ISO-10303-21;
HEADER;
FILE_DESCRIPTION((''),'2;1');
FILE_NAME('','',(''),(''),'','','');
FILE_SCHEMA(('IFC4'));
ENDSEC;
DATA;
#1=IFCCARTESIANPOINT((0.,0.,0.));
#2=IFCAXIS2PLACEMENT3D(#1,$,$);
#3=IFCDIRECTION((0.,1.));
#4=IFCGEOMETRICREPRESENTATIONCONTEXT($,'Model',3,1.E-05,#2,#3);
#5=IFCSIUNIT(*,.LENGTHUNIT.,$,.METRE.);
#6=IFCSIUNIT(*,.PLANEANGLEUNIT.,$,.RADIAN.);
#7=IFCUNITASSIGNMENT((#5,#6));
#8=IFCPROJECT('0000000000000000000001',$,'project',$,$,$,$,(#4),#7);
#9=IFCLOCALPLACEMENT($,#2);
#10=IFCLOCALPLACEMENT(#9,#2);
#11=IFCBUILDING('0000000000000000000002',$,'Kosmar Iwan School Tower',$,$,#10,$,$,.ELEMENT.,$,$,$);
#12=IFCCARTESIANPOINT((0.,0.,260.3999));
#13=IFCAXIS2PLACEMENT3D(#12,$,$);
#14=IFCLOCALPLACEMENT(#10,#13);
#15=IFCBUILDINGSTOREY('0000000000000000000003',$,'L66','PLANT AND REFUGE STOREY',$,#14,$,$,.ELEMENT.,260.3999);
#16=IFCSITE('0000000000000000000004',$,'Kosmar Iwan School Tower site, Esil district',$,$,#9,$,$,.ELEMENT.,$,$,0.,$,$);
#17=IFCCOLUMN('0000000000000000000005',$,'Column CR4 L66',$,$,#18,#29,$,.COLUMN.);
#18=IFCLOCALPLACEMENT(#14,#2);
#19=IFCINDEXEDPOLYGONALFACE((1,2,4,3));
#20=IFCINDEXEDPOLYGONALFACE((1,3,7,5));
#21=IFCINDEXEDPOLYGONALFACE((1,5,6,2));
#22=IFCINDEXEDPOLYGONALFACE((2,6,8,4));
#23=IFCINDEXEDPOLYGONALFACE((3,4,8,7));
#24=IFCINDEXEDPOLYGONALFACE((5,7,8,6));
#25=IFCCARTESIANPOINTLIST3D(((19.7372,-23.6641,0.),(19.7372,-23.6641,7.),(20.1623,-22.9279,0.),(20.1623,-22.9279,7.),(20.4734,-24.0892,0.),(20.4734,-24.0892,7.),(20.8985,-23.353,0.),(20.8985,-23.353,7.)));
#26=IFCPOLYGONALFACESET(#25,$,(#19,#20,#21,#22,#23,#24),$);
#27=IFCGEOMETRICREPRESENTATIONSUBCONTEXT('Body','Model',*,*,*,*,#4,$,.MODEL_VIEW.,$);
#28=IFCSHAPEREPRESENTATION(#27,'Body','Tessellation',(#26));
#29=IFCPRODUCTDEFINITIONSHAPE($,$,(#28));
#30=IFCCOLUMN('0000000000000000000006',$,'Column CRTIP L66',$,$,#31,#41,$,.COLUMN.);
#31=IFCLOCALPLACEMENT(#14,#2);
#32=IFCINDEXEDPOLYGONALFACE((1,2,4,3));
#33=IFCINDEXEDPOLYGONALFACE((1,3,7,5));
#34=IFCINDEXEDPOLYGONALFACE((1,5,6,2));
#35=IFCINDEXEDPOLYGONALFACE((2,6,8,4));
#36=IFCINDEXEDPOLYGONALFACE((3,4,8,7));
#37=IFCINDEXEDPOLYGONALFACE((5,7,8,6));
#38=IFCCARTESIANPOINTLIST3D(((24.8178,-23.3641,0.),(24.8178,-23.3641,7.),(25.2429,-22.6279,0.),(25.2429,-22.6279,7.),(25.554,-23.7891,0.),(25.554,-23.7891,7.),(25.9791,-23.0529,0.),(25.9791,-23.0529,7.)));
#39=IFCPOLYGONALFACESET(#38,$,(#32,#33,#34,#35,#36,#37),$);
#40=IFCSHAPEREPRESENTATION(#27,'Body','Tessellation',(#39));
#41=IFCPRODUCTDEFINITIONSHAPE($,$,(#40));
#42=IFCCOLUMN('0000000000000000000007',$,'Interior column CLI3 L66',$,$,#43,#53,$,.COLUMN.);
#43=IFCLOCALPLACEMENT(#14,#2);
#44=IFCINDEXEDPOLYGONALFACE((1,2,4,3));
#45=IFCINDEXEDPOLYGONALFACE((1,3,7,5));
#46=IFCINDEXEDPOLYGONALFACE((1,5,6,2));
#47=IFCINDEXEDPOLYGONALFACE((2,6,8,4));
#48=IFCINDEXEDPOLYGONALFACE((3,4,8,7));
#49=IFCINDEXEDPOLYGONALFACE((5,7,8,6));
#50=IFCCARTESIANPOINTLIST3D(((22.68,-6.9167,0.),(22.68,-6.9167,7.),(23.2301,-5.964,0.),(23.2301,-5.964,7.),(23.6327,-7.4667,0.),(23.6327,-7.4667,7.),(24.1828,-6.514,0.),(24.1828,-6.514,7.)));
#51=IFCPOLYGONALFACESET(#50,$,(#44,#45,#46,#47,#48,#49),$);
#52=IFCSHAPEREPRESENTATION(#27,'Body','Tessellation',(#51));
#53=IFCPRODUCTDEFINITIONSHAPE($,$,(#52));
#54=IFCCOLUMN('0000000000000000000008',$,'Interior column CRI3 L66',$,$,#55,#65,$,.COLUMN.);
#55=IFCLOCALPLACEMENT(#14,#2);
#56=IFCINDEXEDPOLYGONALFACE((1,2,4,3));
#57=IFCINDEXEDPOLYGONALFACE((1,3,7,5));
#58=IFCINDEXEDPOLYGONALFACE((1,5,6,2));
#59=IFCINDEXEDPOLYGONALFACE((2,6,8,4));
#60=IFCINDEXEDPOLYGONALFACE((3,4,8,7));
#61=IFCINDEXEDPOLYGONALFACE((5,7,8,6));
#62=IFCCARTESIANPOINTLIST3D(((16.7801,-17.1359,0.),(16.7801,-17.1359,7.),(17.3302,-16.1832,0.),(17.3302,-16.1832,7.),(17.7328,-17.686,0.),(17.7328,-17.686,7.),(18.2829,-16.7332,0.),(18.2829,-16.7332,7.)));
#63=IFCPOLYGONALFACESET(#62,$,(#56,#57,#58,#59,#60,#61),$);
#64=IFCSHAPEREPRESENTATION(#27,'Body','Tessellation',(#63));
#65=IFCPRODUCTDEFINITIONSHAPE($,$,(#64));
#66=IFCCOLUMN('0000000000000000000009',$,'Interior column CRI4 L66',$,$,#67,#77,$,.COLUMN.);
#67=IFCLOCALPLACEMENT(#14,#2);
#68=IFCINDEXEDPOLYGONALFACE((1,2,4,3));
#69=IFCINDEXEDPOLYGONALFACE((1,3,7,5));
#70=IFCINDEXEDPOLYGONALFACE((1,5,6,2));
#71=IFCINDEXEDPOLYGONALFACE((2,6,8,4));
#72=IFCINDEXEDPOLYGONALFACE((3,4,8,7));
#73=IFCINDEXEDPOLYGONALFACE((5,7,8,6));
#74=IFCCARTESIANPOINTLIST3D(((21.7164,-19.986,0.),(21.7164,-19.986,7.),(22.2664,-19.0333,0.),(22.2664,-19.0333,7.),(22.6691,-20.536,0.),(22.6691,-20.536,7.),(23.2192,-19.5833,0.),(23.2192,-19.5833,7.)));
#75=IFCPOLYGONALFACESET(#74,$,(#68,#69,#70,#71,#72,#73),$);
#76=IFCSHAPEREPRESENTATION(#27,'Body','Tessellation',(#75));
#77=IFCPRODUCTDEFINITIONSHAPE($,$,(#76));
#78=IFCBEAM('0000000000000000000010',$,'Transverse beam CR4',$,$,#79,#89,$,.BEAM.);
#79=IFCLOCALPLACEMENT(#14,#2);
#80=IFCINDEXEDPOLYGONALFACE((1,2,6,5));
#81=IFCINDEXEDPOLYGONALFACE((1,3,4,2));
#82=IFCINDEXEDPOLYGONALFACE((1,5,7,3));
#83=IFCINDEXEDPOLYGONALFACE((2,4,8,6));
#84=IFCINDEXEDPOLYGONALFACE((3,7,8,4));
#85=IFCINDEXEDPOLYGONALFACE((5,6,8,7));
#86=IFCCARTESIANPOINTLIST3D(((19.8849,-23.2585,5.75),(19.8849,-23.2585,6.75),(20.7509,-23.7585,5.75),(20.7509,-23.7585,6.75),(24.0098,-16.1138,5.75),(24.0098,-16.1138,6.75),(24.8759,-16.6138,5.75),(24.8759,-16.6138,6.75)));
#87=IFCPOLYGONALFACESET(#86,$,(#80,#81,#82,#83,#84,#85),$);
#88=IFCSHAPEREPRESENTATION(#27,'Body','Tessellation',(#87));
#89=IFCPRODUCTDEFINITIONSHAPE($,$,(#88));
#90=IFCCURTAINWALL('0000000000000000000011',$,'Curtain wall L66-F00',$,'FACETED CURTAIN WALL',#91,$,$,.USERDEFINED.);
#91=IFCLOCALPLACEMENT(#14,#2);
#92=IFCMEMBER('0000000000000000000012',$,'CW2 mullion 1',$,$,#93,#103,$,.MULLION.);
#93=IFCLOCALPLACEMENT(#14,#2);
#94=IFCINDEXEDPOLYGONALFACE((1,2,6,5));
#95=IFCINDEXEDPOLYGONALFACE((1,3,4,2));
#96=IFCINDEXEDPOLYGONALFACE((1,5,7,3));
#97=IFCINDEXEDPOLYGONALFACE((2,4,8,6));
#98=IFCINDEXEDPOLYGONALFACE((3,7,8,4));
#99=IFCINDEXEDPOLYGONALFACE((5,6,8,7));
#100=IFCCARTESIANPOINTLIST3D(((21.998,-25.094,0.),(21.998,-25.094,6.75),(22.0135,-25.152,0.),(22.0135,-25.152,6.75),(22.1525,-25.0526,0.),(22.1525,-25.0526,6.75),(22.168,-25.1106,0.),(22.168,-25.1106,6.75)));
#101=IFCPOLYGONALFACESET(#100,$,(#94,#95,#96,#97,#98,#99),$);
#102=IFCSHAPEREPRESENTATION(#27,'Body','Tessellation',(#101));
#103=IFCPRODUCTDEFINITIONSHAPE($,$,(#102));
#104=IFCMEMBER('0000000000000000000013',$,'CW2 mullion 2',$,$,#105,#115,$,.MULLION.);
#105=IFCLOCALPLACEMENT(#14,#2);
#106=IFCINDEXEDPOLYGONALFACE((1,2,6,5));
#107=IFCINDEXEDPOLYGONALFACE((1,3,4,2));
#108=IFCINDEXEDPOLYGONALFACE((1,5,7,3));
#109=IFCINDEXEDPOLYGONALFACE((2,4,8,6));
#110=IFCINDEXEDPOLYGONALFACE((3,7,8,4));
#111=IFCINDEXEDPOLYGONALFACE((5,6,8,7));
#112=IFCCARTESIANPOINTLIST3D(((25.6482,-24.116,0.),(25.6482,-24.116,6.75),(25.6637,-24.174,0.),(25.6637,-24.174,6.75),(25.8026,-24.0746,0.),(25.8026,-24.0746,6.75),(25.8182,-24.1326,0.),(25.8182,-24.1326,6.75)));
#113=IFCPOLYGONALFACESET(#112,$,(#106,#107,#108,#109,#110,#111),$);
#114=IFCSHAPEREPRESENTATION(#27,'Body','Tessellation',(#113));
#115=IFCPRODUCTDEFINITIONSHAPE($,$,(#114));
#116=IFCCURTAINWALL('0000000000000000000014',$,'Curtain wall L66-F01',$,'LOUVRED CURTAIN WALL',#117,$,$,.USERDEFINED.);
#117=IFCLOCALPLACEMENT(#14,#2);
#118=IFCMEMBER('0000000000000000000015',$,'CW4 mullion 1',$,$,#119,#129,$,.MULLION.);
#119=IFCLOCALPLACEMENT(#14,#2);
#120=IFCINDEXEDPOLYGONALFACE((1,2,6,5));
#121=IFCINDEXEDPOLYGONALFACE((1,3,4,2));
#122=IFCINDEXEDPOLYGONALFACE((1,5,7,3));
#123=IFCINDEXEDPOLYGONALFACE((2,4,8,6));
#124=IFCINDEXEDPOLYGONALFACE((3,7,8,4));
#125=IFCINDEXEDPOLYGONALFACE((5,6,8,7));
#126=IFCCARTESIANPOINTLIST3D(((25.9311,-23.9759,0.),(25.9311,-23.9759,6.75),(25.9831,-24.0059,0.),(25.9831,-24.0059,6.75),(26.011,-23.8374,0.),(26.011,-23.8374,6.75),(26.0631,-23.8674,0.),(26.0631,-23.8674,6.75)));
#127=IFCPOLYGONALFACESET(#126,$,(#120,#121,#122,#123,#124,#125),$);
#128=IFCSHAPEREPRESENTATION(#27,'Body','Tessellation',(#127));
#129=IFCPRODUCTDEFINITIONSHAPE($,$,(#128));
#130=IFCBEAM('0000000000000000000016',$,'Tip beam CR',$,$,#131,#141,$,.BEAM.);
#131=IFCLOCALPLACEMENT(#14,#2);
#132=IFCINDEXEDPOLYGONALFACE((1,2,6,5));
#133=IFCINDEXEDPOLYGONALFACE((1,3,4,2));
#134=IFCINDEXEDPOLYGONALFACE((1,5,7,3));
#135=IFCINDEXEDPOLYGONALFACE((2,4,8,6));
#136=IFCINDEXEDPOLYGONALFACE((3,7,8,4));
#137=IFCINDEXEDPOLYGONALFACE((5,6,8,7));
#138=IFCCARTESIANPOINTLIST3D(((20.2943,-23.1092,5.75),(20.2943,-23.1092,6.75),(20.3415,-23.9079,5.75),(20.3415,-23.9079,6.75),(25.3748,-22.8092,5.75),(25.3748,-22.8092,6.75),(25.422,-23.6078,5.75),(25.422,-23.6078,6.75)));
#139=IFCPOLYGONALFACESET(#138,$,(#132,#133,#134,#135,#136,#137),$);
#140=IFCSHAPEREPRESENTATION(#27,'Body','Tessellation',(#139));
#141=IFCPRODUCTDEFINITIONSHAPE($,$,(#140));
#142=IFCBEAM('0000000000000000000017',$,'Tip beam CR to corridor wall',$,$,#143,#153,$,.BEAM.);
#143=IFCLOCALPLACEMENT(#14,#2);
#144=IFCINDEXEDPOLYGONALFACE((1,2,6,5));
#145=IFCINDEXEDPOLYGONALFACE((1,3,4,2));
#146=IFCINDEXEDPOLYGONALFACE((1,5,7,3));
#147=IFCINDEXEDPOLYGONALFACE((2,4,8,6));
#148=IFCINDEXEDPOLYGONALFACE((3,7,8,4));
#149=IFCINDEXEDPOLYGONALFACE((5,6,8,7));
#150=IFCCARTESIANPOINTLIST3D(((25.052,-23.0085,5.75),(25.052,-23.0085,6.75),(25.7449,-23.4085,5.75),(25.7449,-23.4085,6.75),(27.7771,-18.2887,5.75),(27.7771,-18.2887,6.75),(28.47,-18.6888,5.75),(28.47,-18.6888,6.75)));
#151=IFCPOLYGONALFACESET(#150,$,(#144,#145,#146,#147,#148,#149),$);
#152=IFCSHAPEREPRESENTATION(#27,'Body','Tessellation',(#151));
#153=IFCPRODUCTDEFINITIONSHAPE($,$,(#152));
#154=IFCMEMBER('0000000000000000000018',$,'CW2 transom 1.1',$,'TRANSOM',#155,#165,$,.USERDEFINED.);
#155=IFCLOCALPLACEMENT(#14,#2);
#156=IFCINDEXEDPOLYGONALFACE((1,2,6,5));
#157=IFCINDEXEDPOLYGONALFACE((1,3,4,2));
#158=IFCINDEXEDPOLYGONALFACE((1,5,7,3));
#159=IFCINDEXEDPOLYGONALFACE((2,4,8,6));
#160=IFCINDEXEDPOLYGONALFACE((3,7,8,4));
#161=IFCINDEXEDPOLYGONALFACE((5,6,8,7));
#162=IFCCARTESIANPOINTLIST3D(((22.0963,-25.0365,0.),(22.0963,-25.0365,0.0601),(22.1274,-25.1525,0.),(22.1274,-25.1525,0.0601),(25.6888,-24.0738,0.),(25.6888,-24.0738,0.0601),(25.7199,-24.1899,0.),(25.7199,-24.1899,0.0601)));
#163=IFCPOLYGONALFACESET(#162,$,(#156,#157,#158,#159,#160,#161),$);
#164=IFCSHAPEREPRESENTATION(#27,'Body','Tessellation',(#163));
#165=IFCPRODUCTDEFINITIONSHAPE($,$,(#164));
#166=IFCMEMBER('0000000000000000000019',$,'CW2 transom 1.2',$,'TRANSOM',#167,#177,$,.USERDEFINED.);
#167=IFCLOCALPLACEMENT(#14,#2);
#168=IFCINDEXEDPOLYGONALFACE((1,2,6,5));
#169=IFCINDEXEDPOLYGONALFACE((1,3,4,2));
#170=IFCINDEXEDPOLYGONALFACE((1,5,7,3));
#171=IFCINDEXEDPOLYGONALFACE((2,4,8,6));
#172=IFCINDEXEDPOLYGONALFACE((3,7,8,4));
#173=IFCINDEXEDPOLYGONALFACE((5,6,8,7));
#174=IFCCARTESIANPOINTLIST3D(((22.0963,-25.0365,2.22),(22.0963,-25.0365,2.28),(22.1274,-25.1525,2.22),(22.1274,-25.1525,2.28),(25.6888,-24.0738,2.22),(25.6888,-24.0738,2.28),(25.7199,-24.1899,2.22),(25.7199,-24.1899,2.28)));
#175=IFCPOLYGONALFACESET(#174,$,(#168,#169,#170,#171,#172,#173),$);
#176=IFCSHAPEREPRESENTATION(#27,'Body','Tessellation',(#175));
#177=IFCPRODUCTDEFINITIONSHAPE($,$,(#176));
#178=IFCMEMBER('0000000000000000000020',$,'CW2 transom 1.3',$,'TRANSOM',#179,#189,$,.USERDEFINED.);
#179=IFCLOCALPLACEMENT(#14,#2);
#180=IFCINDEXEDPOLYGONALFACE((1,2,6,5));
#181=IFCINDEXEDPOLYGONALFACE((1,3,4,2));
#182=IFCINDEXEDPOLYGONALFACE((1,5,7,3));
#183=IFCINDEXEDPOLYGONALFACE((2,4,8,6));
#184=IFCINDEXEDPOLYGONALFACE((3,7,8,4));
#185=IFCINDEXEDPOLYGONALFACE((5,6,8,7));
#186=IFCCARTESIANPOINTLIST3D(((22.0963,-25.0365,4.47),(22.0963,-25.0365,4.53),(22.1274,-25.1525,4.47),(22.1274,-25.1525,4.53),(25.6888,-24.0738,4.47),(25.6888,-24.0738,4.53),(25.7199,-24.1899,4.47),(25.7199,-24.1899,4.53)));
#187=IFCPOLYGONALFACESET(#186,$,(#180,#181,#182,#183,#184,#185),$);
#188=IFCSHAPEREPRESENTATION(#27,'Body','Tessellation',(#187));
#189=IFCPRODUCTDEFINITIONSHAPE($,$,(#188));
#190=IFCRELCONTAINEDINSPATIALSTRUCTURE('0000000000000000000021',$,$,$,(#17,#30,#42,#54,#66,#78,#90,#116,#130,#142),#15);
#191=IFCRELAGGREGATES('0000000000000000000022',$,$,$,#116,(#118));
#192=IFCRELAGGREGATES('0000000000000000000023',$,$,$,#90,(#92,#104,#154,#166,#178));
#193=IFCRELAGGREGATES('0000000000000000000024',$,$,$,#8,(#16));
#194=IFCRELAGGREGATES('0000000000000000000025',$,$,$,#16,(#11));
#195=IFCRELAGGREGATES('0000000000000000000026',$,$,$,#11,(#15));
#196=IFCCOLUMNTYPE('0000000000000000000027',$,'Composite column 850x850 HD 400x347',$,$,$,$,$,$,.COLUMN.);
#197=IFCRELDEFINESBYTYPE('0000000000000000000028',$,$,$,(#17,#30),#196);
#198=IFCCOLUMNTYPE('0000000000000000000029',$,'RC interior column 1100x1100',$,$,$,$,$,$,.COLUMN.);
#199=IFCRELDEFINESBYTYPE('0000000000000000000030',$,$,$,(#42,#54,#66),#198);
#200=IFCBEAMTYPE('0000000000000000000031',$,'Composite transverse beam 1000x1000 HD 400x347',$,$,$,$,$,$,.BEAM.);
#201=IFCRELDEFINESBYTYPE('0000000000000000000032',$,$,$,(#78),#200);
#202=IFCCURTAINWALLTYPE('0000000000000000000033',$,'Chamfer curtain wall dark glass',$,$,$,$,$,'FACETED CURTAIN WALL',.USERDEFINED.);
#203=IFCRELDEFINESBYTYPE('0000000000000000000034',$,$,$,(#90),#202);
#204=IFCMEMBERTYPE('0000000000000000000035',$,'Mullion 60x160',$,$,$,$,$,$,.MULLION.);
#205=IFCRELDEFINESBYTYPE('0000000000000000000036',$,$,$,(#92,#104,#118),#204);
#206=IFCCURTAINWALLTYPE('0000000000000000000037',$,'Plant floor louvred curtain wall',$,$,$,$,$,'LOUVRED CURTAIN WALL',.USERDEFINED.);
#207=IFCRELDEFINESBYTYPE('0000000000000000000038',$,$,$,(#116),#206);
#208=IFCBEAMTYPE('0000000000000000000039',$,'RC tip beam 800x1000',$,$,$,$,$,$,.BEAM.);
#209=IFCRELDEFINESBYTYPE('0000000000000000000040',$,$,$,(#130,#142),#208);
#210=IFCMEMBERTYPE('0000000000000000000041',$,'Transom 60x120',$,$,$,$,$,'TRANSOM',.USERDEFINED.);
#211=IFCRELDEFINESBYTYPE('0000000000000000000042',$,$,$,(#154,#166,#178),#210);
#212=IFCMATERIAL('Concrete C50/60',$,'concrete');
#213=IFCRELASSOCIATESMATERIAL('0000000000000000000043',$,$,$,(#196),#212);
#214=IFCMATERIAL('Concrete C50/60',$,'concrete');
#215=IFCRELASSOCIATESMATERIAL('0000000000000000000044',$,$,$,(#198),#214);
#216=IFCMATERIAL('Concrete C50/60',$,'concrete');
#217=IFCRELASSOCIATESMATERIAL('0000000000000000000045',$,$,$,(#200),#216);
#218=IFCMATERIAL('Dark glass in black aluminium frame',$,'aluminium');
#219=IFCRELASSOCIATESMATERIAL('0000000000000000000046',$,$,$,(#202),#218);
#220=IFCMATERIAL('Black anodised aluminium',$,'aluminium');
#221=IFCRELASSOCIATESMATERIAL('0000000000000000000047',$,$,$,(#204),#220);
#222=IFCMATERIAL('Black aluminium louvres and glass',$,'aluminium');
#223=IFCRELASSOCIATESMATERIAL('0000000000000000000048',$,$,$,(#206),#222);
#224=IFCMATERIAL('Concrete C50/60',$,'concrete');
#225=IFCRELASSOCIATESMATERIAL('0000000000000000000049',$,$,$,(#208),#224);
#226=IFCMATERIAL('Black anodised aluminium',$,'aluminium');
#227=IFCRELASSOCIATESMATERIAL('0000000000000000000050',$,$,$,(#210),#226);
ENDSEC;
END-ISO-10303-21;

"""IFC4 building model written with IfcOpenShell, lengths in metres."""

from ifc_helpers import new_model, si_unit, direction, frame, origin, origin_2d, place, context, subcontext, project, spatial, rectangle, extrude, material, material_profile, profile_set, type_object, element, aggregate, save


model = new_model("IFC4")

# Units and contexts
model_context = context("Model", 3, precision=1e-05, world=origin(), true_north=direction((0.0, 1.0)))
body_context = subcontext(model_context, "Body", "Model", "MODEL_VIEW")
ifc_project = project(units=[si_unit("LENGTHUNIT", "METRE"), si_unit("PLANEANGLEUNIT", "RADIAN")], contexts=[model_context])

# Site, building, storey
site_placement = place(None, origin())
site = spatial("IfcSite", under=ifc_project, at=site_placement, Name="Kosmar Iwan School Tower site, Esil district", CompositionType="ELEMENT", RefElevation=0.0)
building_placement = place(site_placement, origin())
building = spatial("IfcBuilding", under=site, at=building_placement, Name="Kosmar Iwan School Tower", CompositionType="ELEMENT")
storey_placement = place(building_placement, frame((0.0, 0.0, 260.3999)))
storey = spatial("IfcBuildingStorey", under=building, at=storey_placement, Name="L66", Description="PLANT AND REFUGE STOREY", CompositionType="ELEMENT", Elevation=260.3999)

# Columns
ifc_material_1 = material(Name="Concrete C50/60", Category="concrete")
ifc_material_profile_1 = material_profile(ifc_material_1, rectangle(XDim=0.8501, YDim=0.8501, at=origin_2d()), Name="RC 850x850 + HD 400x347")
ifc_profile_set_1 = profile_set([ifc_material_profile_1], Name="Concrete C50/60")
column_type_1 = type_object("IfcColumnType", Name="Composite column 850x850 HD 400x347", PredefinedType="COLUMN", material=ifc_profile_set_1)
for number, where, z_axis, x_axis, name in (
    (1, (20.3179, -23.5085, 0.0), (0.0, 0.0, 1.0), (0.866025, -0.5, 0.0), "Column CR4 L66"),
    (2, (25.3984, -23.2085, 0.0), (0.0, 0.0, 1.0), (0.866025, -0.5, 0.0), "Column CRTIP L66"),
):
    element("IfcColumn", number, at=place(storey_placement, frame(where, z_axis=z_axis, x_axis=x_axis)), inside=storey, type_object=column_type_1, Name=name, PredefinedType="COLUMN", context=body_context, shape_type="SweptSolid", body=[
        extrude(rectangle(XDim=0.8501, YDim=0.8501, at=origin_2d()), origin(), (0.0, 0.0, 1.0), 7.0),
    ])
ifc_material_2 = material(Name="Concrete C50/60", Category="concrete")
ifc_material_profile_2 = material_profile(ifc_material_2, rectangle(XDim=1.1001, YDim=1.1001, at=origin_2d()), Name="RC 1100x1100")
ifc_profile_set_2 = profile_set([ifc_material_profile_2], Name="Concrete C50/60")
column_type_2 = type_object("IfcColumnType", Name="RC interior column 1100x1100", PredefinedType="COLUMN", material=ifc_profile_set_2)
for number, where, z_axis, x_axis, name in (
    (3, (23.4314, -6.7153, 0.0), (0.0, 0.0, 1.0), (0.866025, -0.5, 0.0), "Interior column CLI3 L66"),
    (4, (17.5315, -16.9346, 0.0), (0.0, 0.0, 1.0), (0.866025, -0.5, 0.0), "Interior column CRI3 L66"),
    (5, (22.4678, -19.7847, 0.0), (0.0, 0.0, 1.0), (0.866025, -0.5, 0.0), "Interior column CRI4 L66"),
):
    element("IfcColumn", number, at=place(storey_placement, frame(where, z_axis=z_axis, x_axis=x_axis)), inside=storey, type_object=column_type_2, Name=name, PredefinedType="COLUMN", context=body_context, shape_type="SweptSolid", body=[
        extrude(rectangle(XDim=1.1001, YDim=1.1001, at=origin_2d()), origin(), (0.0, 0.0, 1.0), 7.0),
    ])

# Beam
ifc_material_3 = material(Name="Concrete C50/60", Category="concrete")
ifc_material_profile_3 = material_profile(ifc_material_3, rectangle(XDim=1.0, YDim=1.0, at=origin_2d()), Name="RC 1000x1000 + HD 400x347")
ifc_profile_set_3 = profile_set([ifc_material_profile_3], Name="Concrete C50/60")
beam_type_1 = type_object("IfcBeamType", Name="Composite transverse beam 1000x1000 HD 400x347", PredefinedType="BEAM", material=ifc_profile_set_3)
beam_1_placement = place(storey_placement, frame((20.3179, -23.5085, 6.25), z_axis=(0.499997, 0.866027, 0.0), x_axis=(-0.866027, 0.499997, 0.0)))
element("IfcBeam", 6, at=beam_1_placement, inside=storey, type_object=beam_type_1, Name="Transverse beam CR4", PredefinedType="BEAM", context=body_context, shape_type="SweptSolid", body=[
    extrude(rectangle(XDim=1.0, YDim=1.0, at=origin_2d()), origin(), (0.0, 0.0, 1.0), 8.25),
])

# Curtain wall, members
ifc_material_4 = material(Name="Dark glass in black aluminium frame", Category="aluminium")
curtain_wall_type_1 = type_object("IfcCurtainWallType", Name="Chamfer curtain wall dark glass", ElementType="FACETED CURTAIN WALL", PredefinedType="USERDEFINED", material=ifc_material_4)
curtain_wall_1_placement = place(storey_placement, origin())
curtain_wall_1 = element("IfcCurtainWall", 7, at=curtain_wall_1_placement, inside=storey, type_object=curtain_wall_type_1, Name="Curtain wall L66-F00", ObjectType="FACETED CURTAIN WALL", PredefinedType="USERDEFINED")
ifc_material_5 = material(Name="Black anodised aluminium", Category="aluminium")
ifc_material_profile_4 = material_profile(ifc_material_5, rectangle(XDim=0.0601, YDim=0.1599, at=origin_2d()), Name="MULLION 60x160")
ifc_profile_set_4 = profile_set([ifc_material_profile_4], Name="Black anodised aluminium")
member_type_1 = type_object("IfcMemberType", Name="Mullion 60x160", PredefinedType="MULLION", material=ifc_profile_set_4)
member_1_placement = place(storey_placement, frame((22.083, -25.1023, 0.0), z_axis=(0.0, 0.0, 1.0), x_axis=(-0.258819, 0.965926, 0.0)))
member_1 = element("IfcMember", 8, at=member_1_placement, type_object=member_type_1, Name="CW2 mullion 1", PredefinedType="MULLION", context=body_context, shape_type="SweptSolid", body=[
    extrude(rectangle(XDim=0.0601, YDim=0.1599, at=origin_2d()), origin(), (0.0, 0.0, 1.0), 6.75),
])
member_2_placement = place(storey_placement, frame((25.7332, -24.1243, 0.0), z_axis=(0.0, 0.0, 1.0), x_axis=(-0.258819, 0.965926, 0.0)))
member_2 = element("IfcMember", 9, at=member_2_placement, type_object=member_type_1, Name="CW2 mullion 2", PredefinedType="MULLION", context=body_context, shape_type="SweptSolid", body=[
    extrude(rectangle(XDim=0.0601, YDim=0.1599, at=origin_2d()), origin(), (0.0, 0.0, 1.0), 6.75),
])

# Curtain wall, member
ifc_material_6 = material(Name="Black aluminium louvres and glass", Category="aluminium")
curtain_wall_type_2 = type_object("IfcCurtainWallType", Name="Plant floor louvred curtain wall", ElementType="LOUVRED CURTAIN WALL", PredefinedType="USERDEFINED", material=ifc_material_6)
curtain_wall_2_placement = place(storey_placement, origin())
curtain_wall_2 = element("IfcCurtainWall", 10, at=curtain_wall_2_placement, inside=storey, type_object=curtain_wall_type_2, Name="Curtain wall L66-F01", ObjectType="LOUVRED CURTAIN WALL", PredefinedType="USERDEFINED")
member_3_placement = place(storey_placement, frame((25.9971, -23.9216, 0.0), z_axis=(0.0, 0.0, 1.0), x_axis=(-0.866025, 0.5, 0.0)))
member_3 = element("IfcMember", 11, at=member_3_placement, type_object=member_type_1, Name="CW4 mullion 1", PredefinedType="MULLION", context=body_context, shape_type="SweptSolid", body=[
    extrude(rectangle(XDim=0.0601, YDim=0.1599, at=origin_2d()), origin(), (0.0, 0.0, 1.0), 6.75),
])
aggregate(curtain_wall_2, [member_3])

# Beams
ifc_material_7 = material(Name="Concrete C50/60", Category="concrete")
ifc_material_profile_5 = material_profile(ifc_material_7, rectangle(XDim=0.8, YDim=1.0, at=origin_2d()), Name="RC 800x1000")
ifc_profile_set_5 = profile_set([ifc_material_profile_5], Name="Concrete C50/60")
beam_type_2 = type_object("IfcBeamType", Name="RC tip beam 800x1000", PredefinedType="BEAM", material=ifc_profile_set_5)
beam_2_placement = place(storey_placement, frame((20.3179, -23.5085, 6.25), z_axis=(0.998261, 0.058955, 0.0), x_axis=(-0.058955, 0.998261, 0.0)))
element("IfcBeam", 12, at=beam_2_placement, inside=storey, type_object=beam_type_2, Name="Tip beam CR", PredefinedType="BEAM", context=body_context, shape_type="SweptSolid", body=[
    extrude(rectangle(XDim=0.8, YDim=1.0, at=origin_2d()), origin(), (0.0, 0.0, 1.0), 5.0894),
])
beam_3_placement = place(storey_placement, frame((25.3984, -23.2085, 6.25), z_axis=(0.500022, 0.866013, 0.0), x_axis=(-0.866013, 0.500022, 0.0)))
element("IfcBeam", 13, at=beam_3_placement, inside=storey, type_object=beam_type_2, Name="Tip beam CR to corridor wall", PredefinedType="BEAM", context=body_context, shape_type="SweptSolid", body=[
    extrude(rectangle(XDim=0.8, YDim=1.0, at=origin_2d()), origin(), (0.0, 0.0, 1.0), 5.45),
])

# Members
ifc_material_8 = material(Name="Black anodised aluminium", Category="aluminium")
ifc_material_profile_6 = material_profile(ifc_material_8, rectangle(XDim=0.1201, YDim=0.0601, at=origin_2d()), Name="TRANSOM 60x120")
ifc_profile_set_6 = profile_set([ifc_material_profile_6], Name="Black anodised aluminium")
member_type_2 = type_object("IfcMemberType", Name="Transom 60x120", ElementType="TRANSOM", PredefinedType="USERDEFINED", material=ifc_profile_set_6)
member_4_placement = place(storey_placement, frame((22.1118, -25.0945, 0.03), z_axis=(0.965924, 0.258827, 0.0), x_axis=(-0.258827, 0.965924, 0.0)))
member_4 = element("IfcMember", 14, at=member_4_placement, type_object=member_type_2, Name="CW2 transom 1.1", ObjectType="TRANSOM", PredefinedType="USERDEFINED", context=body_context, shape_type="SweptSolid", body=[
    extrude(rectangle(XDim=0.1201, YDim=0.0601, at=origin_2d()), origin(), (0.0, 0.0, 1.0), 3.7192),
])
member_5_placement = place(storey_placement, frame((22.1118, -25.0945, 2.25), z_axis=(0.965924, 0.258827, 0.0), x_axis=(-0.258827, 0.965924, 0.0)))
member_5 = element("IfcMember", 15, at=member_5_placement, type_object=member_type_2, Name="CW2 transom 1.2", ObjectType="TRANSOM", PredefinedType="USERDEFINED", context=body_context, shape_type="SweptSolid", body=[
    extrude(rectangle(XDim=0.1201, YDim=0.0601, at=origin_2d()), origin(), (0.0, 0.0, 1.0), 3.7192),
])
member_6_placement = place(storey_placement, frame((22.1118, -25.0945, 4.5), z_axis=(0.965924, 0.258827, 0.0), x_axis=(-0.258827, 0.965924, 0.0)))
member_6 = element("IfcMember", 16, at=member_6_placement, type_object=member_type_2, Name="CW2 transom 1.3", ObjectType="TRANSOM", PredefinedType="USERDEFINED", context=body_context, shape_type="SweptSolid", body=[
    extrude(rectangle(XDim=0.1201, YDim=0.0601, at=origin_2d()), origin(), (0.0, 0.0, 1.0), 3.7192),
])

aggregate(curtain_wall_1, [member_1, member_2, member_4, member_5, member_6])

save(model, "model.ifc")
